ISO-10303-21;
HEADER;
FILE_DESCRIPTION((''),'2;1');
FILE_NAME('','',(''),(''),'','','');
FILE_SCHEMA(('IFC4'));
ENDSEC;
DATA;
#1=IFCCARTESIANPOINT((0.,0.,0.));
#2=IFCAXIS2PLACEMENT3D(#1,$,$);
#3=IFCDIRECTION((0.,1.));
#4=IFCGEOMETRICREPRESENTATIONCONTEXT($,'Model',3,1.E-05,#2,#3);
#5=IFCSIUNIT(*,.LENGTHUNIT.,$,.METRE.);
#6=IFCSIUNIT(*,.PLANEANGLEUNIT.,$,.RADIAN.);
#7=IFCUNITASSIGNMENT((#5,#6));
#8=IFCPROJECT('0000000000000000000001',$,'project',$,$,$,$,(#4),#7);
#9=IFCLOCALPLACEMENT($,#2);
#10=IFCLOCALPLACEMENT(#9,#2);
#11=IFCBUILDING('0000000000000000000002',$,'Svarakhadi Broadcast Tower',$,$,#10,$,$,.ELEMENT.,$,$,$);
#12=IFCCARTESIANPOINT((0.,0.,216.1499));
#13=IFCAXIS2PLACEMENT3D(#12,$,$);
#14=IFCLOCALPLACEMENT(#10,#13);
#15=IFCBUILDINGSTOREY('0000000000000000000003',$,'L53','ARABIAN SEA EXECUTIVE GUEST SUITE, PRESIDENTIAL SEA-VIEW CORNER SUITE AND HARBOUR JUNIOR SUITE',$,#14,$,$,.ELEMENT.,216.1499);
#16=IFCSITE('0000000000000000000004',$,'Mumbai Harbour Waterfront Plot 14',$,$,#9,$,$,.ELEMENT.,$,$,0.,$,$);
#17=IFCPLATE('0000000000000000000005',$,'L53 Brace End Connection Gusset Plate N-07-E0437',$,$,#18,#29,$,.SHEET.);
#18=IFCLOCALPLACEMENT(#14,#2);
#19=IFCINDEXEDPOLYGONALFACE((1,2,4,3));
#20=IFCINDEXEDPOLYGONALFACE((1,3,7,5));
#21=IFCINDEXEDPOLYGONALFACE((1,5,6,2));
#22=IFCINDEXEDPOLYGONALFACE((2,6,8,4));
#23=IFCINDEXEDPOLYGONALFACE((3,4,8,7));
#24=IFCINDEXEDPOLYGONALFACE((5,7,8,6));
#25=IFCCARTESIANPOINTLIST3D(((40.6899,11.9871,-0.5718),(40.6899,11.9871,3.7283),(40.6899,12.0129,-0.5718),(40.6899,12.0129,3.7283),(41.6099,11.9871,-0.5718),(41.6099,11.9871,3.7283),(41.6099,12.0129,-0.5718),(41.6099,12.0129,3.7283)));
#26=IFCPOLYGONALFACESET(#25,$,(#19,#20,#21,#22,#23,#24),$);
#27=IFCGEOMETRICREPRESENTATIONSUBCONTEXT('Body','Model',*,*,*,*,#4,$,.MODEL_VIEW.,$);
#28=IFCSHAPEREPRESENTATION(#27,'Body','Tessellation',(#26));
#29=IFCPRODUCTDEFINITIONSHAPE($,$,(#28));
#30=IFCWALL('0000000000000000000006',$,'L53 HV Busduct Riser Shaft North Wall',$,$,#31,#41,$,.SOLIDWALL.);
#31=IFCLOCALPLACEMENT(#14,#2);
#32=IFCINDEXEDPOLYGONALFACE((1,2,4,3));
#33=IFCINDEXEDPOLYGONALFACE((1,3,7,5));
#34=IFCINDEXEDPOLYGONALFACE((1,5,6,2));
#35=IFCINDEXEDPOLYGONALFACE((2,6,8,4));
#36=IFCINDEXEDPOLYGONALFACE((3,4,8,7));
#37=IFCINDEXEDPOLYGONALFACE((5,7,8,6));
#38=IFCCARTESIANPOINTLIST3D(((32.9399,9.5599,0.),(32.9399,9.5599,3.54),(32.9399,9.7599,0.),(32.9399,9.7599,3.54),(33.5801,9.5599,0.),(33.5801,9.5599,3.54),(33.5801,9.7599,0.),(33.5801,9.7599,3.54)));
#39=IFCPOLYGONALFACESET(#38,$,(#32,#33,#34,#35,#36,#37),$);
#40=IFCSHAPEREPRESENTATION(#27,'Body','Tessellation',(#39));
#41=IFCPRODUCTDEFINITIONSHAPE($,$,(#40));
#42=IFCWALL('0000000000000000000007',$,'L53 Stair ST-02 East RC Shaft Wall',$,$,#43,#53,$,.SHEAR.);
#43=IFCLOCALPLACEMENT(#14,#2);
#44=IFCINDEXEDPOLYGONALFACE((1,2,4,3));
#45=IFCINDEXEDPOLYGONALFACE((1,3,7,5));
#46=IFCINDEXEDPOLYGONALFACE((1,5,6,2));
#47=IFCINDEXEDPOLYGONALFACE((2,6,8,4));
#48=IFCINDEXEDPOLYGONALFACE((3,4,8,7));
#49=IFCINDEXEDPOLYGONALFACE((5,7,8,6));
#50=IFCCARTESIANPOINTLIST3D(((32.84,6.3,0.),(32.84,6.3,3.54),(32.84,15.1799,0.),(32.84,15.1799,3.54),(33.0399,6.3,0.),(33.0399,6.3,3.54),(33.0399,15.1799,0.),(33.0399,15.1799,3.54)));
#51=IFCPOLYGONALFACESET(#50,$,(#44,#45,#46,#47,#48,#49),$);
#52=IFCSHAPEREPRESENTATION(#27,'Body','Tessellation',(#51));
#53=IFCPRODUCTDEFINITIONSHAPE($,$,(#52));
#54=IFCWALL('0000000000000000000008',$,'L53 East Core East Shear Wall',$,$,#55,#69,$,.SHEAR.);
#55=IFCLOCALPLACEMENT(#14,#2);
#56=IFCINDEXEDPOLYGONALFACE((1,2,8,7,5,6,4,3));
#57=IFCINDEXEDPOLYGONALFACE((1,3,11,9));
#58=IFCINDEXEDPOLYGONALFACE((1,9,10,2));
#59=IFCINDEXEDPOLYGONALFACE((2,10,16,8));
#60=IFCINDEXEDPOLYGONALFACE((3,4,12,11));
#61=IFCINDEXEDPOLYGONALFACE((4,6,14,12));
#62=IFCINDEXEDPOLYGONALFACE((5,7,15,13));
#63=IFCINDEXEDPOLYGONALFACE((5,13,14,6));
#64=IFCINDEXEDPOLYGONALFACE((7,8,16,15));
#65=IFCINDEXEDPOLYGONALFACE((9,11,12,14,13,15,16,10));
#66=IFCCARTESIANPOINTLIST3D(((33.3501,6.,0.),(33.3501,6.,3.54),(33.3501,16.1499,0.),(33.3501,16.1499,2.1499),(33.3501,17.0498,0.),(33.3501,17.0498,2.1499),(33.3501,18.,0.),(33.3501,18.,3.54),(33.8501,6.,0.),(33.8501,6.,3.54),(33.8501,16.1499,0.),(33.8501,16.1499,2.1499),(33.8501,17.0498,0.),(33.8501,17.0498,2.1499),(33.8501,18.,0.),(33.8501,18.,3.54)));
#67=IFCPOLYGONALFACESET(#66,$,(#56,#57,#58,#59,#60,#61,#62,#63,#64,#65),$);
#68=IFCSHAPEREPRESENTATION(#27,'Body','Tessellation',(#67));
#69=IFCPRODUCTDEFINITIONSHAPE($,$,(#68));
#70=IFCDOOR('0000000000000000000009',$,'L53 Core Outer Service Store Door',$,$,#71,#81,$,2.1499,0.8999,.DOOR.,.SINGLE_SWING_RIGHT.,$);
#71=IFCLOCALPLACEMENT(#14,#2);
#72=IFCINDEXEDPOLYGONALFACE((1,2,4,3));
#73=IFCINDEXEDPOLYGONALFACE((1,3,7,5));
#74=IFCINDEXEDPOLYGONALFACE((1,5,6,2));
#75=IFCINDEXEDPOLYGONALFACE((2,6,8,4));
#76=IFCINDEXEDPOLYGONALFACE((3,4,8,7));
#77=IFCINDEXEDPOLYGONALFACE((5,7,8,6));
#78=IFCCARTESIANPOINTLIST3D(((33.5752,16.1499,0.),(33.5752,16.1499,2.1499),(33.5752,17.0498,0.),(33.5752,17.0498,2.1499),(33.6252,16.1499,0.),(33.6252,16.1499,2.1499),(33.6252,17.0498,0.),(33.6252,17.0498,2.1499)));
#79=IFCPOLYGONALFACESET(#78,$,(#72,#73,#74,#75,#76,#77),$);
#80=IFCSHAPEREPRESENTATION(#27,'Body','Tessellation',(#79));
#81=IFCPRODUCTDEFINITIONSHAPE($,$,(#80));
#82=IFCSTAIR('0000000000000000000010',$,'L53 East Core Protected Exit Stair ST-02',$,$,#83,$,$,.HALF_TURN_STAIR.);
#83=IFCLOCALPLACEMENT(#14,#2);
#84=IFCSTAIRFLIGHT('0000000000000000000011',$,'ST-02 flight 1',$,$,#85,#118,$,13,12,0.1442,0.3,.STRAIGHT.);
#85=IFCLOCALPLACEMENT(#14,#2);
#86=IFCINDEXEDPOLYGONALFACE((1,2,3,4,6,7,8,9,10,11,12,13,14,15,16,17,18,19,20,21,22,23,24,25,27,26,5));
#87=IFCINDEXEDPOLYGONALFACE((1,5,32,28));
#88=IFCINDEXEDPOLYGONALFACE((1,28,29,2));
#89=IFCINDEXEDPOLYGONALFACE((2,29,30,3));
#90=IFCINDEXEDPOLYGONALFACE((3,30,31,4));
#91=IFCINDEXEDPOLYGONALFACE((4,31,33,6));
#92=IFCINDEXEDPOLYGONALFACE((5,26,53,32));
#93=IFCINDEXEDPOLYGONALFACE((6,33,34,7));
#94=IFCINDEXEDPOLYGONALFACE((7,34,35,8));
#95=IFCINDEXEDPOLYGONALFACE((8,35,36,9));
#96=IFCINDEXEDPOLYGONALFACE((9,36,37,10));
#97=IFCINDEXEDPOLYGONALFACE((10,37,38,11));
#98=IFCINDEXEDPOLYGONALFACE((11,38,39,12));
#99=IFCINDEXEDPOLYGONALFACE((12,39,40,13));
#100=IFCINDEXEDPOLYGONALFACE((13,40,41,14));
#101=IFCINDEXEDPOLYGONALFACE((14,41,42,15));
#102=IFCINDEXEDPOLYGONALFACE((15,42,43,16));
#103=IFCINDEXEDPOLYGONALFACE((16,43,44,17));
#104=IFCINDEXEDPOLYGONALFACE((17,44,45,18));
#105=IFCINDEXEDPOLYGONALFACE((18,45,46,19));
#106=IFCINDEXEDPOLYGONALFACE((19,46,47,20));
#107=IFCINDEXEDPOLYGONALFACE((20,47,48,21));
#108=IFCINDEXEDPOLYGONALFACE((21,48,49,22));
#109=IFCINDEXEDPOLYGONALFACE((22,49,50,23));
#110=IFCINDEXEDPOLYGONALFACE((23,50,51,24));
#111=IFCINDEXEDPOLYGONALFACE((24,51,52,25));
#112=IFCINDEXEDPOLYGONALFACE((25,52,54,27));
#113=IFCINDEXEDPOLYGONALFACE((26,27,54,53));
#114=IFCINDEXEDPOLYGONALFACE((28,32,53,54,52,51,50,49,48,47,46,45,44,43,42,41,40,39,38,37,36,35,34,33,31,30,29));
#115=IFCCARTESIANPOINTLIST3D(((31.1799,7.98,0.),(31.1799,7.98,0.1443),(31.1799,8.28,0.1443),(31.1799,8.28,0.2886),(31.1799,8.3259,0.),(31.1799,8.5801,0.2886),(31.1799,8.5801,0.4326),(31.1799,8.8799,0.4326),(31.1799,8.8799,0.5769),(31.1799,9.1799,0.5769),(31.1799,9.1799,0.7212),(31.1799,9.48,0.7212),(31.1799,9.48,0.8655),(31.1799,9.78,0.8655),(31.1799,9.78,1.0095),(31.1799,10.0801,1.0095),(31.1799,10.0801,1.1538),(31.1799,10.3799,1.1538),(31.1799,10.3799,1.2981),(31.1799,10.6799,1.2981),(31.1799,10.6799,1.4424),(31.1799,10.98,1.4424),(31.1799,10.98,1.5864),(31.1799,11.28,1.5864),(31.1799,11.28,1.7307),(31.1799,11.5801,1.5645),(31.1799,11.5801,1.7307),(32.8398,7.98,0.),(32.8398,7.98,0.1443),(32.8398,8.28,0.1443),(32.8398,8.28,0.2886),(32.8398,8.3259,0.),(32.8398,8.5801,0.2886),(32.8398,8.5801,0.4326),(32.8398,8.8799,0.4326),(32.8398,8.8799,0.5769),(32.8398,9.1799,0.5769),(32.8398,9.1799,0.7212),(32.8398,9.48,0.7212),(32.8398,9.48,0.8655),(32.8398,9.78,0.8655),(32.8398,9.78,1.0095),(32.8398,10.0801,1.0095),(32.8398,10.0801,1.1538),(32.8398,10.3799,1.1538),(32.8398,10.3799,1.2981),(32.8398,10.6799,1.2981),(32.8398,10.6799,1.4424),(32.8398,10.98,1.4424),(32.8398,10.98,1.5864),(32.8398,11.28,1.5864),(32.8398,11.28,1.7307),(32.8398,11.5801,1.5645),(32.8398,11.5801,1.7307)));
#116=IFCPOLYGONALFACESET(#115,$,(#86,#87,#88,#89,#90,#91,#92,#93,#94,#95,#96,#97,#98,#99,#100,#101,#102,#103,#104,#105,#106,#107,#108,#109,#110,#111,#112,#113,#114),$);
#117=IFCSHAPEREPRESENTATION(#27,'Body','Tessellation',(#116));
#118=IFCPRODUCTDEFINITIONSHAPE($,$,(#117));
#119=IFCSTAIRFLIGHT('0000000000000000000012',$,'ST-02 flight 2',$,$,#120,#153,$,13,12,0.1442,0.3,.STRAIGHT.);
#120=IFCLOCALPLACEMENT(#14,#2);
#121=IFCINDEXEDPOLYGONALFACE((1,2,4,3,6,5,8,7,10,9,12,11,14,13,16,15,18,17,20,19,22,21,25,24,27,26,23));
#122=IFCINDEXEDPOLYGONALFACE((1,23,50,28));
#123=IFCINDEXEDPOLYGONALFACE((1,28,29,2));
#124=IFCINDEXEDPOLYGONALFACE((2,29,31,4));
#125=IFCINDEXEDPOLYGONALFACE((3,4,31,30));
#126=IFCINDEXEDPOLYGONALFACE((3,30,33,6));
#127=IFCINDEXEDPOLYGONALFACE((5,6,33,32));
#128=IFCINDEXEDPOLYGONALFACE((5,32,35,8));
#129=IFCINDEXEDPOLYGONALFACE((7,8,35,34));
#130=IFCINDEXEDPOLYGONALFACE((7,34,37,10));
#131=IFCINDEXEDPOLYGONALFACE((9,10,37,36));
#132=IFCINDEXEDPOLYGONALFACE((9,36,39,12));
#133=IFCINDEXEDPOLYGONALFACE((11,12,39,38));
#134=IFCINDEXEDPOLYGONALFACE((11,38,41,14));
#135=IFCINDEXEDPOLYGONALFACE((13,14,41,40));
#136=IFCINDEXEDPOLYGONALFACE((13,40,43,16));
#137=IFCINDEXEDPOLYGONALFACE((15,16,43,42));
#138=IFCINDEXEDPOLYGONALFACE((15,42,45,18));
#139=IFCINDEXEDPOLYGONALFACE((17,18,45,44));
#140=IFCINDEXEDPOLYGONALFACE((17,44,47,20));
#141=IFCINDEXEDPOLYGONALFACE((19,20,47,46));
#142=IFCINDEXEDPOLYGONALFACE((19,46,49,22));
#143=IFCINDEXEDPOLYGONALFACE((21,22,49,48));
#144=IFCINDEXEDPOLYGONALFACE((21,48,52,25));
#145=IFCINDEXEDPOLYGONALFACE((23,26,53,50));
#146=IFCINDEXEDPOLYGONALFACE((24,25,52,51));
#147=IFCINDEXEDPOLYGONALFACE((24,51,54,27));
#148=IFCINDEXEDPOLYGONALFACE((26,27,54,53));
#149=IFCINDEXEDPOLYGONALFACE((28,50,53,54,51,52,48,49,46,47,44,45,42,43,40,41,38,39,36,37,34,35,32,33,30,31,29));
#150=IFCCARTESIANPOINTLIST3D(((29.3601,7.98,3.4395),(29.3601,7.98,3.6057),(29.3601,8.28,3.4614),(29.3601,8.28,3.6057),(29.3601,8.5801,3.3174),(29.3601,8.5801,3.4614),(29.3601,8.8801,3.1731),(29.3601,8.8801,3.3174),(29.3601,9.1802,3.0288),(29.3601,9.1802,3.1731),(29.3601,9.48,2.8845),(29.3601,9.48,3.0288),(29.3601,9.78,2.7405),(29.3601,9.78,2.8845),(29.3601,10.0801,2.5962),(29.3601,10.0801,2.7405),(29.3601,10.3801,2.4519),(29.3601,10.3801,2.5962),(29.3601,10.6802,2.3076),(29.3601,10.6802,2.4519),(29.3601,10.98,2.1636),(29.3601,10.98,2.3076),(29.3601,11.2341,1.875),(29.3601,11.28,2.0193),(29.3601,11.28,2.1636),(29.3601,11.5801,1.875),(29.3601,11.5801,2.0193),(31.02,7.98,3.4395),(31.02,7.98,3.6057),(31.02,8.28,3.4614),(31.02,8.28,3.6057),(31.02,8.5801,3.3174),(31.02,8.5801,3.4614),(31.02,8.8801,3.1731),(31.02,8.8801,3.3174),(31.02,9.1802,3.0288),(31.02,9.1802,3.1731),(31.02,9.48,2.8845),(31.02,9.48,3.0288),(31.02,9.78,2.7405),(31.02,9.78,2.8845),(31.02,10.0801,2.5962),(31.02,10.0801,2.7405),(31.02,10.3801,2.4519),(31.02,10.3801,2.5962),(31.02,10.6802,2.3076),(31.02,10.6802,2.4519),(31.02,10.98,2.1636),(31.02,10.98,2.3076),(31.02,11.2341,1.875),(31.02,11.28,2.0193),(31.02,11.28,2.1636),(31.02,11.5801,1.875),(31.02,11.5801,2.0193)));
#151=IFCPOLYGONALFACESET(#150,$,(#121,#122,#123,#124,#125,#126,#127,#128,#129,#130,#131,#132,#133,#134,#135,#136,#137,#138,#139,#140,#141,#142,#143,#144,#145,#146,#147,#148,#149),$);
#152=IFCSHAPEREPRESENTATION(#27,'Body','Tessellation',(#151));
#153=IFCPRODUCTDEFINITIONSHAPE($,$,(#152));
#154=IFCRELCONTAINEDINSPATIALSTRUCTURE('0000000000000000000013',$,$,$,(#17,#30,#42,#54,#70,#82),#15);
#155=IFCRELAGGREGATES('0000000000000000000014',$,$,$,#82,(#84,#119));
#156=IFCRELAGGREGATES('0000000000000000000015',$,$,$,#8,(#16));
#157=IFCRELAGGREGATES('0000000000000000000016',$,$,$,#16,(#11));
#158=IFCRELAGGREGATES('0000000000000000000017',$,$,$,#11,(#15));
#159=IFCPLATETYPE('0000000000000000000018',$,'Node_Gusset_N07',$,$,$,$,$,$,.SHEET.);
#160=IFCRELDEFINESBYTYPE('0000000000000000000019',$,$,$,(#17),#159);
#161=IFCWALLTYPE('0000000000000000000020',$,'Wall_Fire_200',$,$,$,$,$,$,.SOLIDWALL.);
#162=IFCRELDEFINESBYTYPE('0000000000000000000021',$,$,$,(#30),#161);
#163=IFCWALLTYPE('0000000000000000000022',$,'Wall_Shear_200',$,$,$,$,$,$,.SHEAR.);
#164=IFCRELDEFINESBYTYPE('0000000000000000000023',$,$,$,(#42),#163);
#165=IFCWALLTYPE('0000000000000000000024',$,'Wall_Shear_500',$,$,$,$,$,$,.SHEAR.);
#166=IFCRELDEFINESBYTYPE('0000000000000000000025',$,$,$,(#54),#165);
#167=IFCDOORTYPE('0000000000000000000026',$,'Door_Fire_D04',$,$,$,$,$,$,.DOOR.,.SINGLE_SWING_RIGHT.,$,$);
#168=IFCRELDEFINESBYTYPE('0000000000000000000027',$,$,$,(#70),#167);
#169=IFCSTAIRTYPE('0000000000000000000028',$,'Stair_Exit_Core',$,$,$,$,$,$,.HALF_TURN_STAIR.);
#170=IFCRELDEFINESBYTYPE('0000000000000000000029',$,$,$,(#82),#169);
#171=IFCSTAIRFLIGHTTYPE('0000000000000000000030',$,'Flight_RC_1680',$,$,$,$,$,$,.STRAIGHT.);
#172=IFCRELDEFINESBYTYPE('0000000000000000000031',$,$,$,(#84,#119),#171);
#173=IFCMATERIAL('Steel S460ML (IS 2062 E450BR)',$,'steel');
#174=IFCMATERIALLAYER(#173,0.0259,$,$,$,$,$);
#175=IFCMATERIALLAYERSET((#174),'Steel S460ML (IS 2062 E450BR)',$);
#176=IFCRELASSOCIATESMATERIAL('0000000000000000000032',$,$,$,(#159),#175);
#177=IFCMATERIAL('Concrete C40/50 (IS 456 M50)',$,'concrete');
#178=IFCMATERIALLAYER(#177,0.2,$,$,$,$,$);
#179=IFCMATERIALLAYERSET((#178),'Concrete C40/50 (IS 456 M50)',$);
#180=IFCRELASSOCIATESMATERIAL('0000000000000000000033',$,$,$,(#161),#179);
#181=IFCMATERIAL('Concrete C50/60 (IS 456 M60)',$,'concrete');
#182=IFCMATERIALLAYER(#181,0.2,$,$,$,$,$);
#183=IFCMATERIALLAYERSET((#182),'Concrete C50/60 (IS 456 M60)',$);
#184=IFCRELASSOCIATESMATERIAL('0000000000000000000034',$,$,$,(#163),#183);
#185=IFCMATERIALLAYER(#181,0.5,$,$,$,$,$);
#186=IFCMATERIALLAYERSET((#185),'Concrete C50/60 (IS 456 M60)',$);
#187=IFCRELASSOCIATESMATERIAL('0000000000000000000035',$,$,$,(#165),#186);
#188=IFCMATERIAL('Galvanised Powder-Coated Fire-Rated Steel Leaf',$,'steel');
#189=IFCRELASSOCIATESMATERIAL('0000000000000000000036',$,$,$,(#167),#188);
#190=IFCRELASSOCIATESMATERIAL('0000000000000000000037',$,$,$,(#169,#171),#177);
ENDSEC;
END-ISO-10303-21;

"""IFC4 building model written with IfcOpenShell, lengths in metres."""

from ifc_helpers import new_model, si_unit, direction, frame, frame_2d, origin, origin_2d, place, context, subcontext, project, spatial, polyline, rectangle, outline, extrude, material, layer, layer_set, type_object, element, fill, aggregate, save


model = new_model("IFC4")

# Units and contexts
model_context = context("Model", 3, precision=1e-05, world=origin(), true_north=direction((0.0, 1.0)))
body_context = subcontext(model_context, "Body", "Model", "MODEL_VIEW")
ifc_project = project(units=[si_unit("LENGTHUNIT", "METRE"), si_unit("PLANEANGLEUNIT", "RADIAN")], contexts=[model_context])

# Site, building, storey
site_placement = place(None, origin())
site = spatial("IfcSite", under=ifc_project, at=site_placement, Name="Mumbai Harbour Waterfront Plot 14", CompositionType="ELEMENT", RefElevation=0.0)
building_placement = place(site_placement, origin())
building = spatial("IfcBuilding", under=site, at=building_placement, Name="Svarakhadi Broadcast Tower", CompositionType="ELEMENT")
storey_placement = place(building_placement, frame((0.0, 0.0, 216.1499)))
storey = spatial("IfcBuildingStorey", under=building, at=storey_placement, Name="L53", Description="ARABIAN SEA EXECUTIVE GUEST SUITE, PRESIDENTIAL SEA-VIEW CORNER SUITE AND HARBOUR JUNIOR SUITE", CompositionType="ELEMENT", Elevation=216.1499)

# Shared definitions
ifc_material_1 = material(Name="Concrete C50/60 (IS 456 M60)", Category="concrete")
ifc_material_2 = material(Name="Steel S460ML (IS 2062 E450BR)", Category="steel")

# Plate
ifc_layer_1 = layer(ifc_material_2, 0.0259)
ifc_layer_set_1 = layer_set([ifc_layer_1], Name="Steel S460ML (IS 2062 E450BR)")
plate_type = type_object("IfcPlateType", Name="Node_Gusset_N07", PredefinedType="SHEET", material=ifc_layer_set_1)
plate_placement = place(storey_placement, frame((41.1499, 12.0, -0.5718), z_axis=(0.0, 0.0, 1.0), x_axis=(1.0, 0.0, 0.0)))
element("IfcPlate", 1, at=plate_placement, inside=storey, type_object=plate_type, Name="L53 Brace End Connection Gusset Plate N-07-E0437", PredefinedType="SHEET", context=body_context, shape_type="SweptSolid", body=[
    extrude(rectangle(XDim=0.9199, YDim=0.0259, at=origin_2d()), origin(), (0.0, 0.0, 1.0), 4.3),
])

# Walls
ifc_material_3 = material(Name="Concrete C40/50 (IS 456 M50)", Category="concrete")
ifc_layer_2 = layer(ifc_material_3, 0.2)
ifc_layer_set_2 = layer_set([ifc_layer_2], Name="Concrete C40/50 (IS 456 M50)")
wall_type_1 = type_object("IfcWallType", Name="Wall_Fire_200", PredefinedType="SOLIDWALL", material=ifc_layer_set_2)
wall_1_placement = place(storey_placement, frame((32.9399, 9.6599, 0.0), z_axis=(0.0, 0.0, 1.0), x_axis=(1.0, 0.0, 0.0)))
element("IfcWall", 2, at=wall_1_placement, inside=storey, type_object=wall_type_1, Name="L53 HV Busduct Riser Shaft North Wall", PredefinedType="SOLIDWALL", context=body_context, shape_type="SweptSolid", body=[
    extrude(rectangle(XDim=0.6401, YDim=0.2, at=frame_2d((0.3201, 0.0))), origin(), (0.0, 0.0, 1.0), 3.54),
])
ifc_layer_3 = layer(ifc_material_1, 0.2)
ifc_layer_set_3 = layer_set([ifc_layer_3], Name="Concrete C50/60 (IS 456 M60)")
wall_type_2 = type_object("IfcWallType", Name="Wall_Shear_200", PredefinedType="SHEAR", material=ifc_layer_set_3)
wall_2_placement = place(storey_placement, frame((32.9399, 6.3, 0.0), z_axis=(0.0, 0.0, 1.0), x_axis=(0.0, 1.0, 0.0)))
element("IfcWall", 3, at=wall_2_placement, inside=storey, type_object=wall_type_2, Name="L53 Stair ST-02 East RC Shaft Wall", PredefinedType="SHEAR", context=body_context, shape_type="SweptSolid", body=[
    extrude(rectangle(XDim=8.8799, YDim=0.2, at=frame_2d((4.4399, 0.0))), origin(), (0.0, 0.0, 1.0), 3.54),
])

# Wall, opening, door
ifc_layer_4 = layer(ifc_material_1, 0.5)
ifc_layer_set_4 = layer_set([ifc_layer_4], Name="Concrete C50/60 (IS 456 M60)")
wall_type_3 = type_object("IfcWallType", Name="Wall_Shear_500", PredefinedType="SHEAR", material=ifc_layer_set_4)
wall_3_placement = place(storey_placement, frame((33.6001, 6.0, 0.0), z_axis=(0.0, 0.0, 1.0), x_axis=(0.0, 1.0, 0.0)))
wall_3 = element("IfcWall", 4, at=wall_3_placement, inside=storey, type_object=wall_type_3, Name="L53 East Core East Shear Wall", PredefinedType="SHEAR", context=body_context, shape_type="SweptSolid", body=[
    extrude(rectangle(XDim=12.0, YDim=0.5, at=frame_2d((6.0, 0.0))), origin(), (0.0, 0.0, 1.0), 3.54),
])
opening_placement = place(wall_3_placement, frame((10.1499, 0.0, 0.0)))
opening = element("IfcOpeningElement", 5, at=opening_placement, cuts=wall_3, PredefinedType="OPENING", context=body_context, shape_type="SweptSolid", body=[
    extrude(rectangle(XDim=0.8999, YDim=2.1499, at=frame_2d((0.45, 1.075))), frame((0.0, 0.26, 0.0), z_axis=(0.0, -1.0, 0.0), x_axis=(1.0, 0.0, 0.0)), (0.0, 0.0, 1.0), 0.52),
])
ifc_material_4 = material(Name="Galvanised Powder-Coated Fire-Rated Steel Leaf", Category="steel")
door_type = type_object("IfcDoorType", Name="Door_Fire_D04", OperationType="SINGLE_SWING_RIGHT", PredefinedType="DOOR", material=ifc_material_4)
door_placement = place(opening_placement, origin())
door = element("IfcDoor", 6, at=door_placement, inside=storey, type_object=door_type, Name="L53 Core Outer Service Store Door", OperationType="SINGLE_SWING_RIGHT", OverallHeight=2.1499, OverallWidth=0.8999, PredefinedType="DOOR", context=body_context, shape_type="SweptSolid", body=[
    extrude(rectangle(XDim=0.8999, YDim=2.1499, at=frame_2d((0.45, 1.075))), frame((0.0, 0.0249, 0.0), z_axis=(0.0, -1.0, 0.0), x_axis=(1.0, 0.0, 0.0)), (0.0, 0.0, 1.0), 0.05),
])
fill(opening, door)

# Stair, stair flights
stair_type = type_object("IfcStairType", Name="Stair_Exit_Core", PredefinedType="HALF_TURN_STAIR", material=ifc_material_3)
stair_placement = place(storey_placement, origin())
stair = element("IfcStair", 7, at=stair_placement, inside=storey, type_object=stair_type, Name="L53 East Core Protected Exit Stair ST-02", PredefinedType="HALF_TURN_STAIR")
stair_flight_type = type_object("IfcStairFlightType", Name="Flight_RC_1680", PredefinedType="STRAIGHT", material=ifc_material_3)
stair_flight_1_placement = place(storey_placement, frame((32.01, 7.98, 0.0), z_axis=(0.0, 0.0, 1.0), x_axis=(0.0, 1.0, 0.0)))
stair_flight_1 = element("IfcStairFlight", 8, at=stair_flight_1_placement, type_object=stair_flight_type, Name="ST-02 flight 1", NumberOfRisers=13, NumberOfTreads=12, PredefinedType="STRAIGHT", RiserHeight=0.1442, TreadLength=0.3, context=body_context, shape_type="SweptSolid", body=[
    extrude(outline(polyline([(0.0, 0.0), (0.0, 0.1443), (0.3, 0.1443), (0.3, 0.2886), (0.6001, 0.2886), (0.6001, 0.4326), (0.8999, 0.4326), (0.8999, 0.5769), (1.2, 0.5769), (1.2, 0.7212), (1.5, 0.7212), (1.5, 0.8655), (1.8, 0.8655), (1.8, 1.0095), (2.1001, 1.0095), (2.1001, 1.1538), (2.3999, 1.1538), (2.3999, 1.2981), (2.7, 1.2981), (2.7, 1.4424), (3.0, 1.4424), (3.0, 1.5864), (3.3, 1.5864), (3.3, 1.7307), (3.6001, 1.7307), (3.6001, 1.875), (3.6001, 1.5645), (0.3459, 0.0), (0.0, 0.0)])), frame((0.0, 0.8301, 0.0), z_axis=(0.0, -1.0, 0.0), x_axis=(1.0, 0.0, 0.0)), (0.0, 0.0, 1.0), 1.6599),
])
stair_flight_2_placement = place(storey_placement, frame((30.1899, 11.5801, 1.875), z_axis=(0.0, 0.0, 1.0), x_axis=(0.0, -1.0, 0.0)))
stair_flight_2 = element("IfcStairFlight", 9, at=stair_flight_2_placement, type_object=stair_flight_type, Name="ST-02 flight 2", NumberOfRisers=13, NumberOfTreads=12, PredefinedType="STRAIGHT", RiserHeight=0.1442, TreadLength=0.3, context=body_context, shape_type="SweptSolid", body=[
    extrude(outline(polyline([(0.0, 0.0), (0.0, 0.1443), (0.3, 0.1443), (0.3, 0.2886), (0.6001, 0.2886), (0.6001, 0.4326), (0.8999, 0.4326), (0.8999, 0.5769), (1.2, 0.5769), (1.2, 0.7212), (1.5, 0.7212), (1.5, 0.8655), (1.8, 0.8655), (1.8, 1.0095), (2.1001, 1.0095), (2.1001, 1.1538), (2.3999, 1.1538), (2.3999, 1.2981), (2.7, 1.2981), (2.7, 1.4424), (3.0, 1.4424), (3.0, 1.5864), (3.3, 1.5864), (3.3, 1.7307), (3.6001, 1.7307), (3.6001, 1.875), (3.6001, 1.5645), (0.3459, 0.0), (0.0, 0.0)])), frame((0.0, 0.8301, 0.0), z_axis=(0.0, -1.0, 0.0), x_axis=(1.0, 0.0, 0.0)), (0.0, 0.0, 1.0), 1.6599),
])
aggregate(stair, [stair_flight_1, stair_flight_2])

save(model, "model.ifc")
